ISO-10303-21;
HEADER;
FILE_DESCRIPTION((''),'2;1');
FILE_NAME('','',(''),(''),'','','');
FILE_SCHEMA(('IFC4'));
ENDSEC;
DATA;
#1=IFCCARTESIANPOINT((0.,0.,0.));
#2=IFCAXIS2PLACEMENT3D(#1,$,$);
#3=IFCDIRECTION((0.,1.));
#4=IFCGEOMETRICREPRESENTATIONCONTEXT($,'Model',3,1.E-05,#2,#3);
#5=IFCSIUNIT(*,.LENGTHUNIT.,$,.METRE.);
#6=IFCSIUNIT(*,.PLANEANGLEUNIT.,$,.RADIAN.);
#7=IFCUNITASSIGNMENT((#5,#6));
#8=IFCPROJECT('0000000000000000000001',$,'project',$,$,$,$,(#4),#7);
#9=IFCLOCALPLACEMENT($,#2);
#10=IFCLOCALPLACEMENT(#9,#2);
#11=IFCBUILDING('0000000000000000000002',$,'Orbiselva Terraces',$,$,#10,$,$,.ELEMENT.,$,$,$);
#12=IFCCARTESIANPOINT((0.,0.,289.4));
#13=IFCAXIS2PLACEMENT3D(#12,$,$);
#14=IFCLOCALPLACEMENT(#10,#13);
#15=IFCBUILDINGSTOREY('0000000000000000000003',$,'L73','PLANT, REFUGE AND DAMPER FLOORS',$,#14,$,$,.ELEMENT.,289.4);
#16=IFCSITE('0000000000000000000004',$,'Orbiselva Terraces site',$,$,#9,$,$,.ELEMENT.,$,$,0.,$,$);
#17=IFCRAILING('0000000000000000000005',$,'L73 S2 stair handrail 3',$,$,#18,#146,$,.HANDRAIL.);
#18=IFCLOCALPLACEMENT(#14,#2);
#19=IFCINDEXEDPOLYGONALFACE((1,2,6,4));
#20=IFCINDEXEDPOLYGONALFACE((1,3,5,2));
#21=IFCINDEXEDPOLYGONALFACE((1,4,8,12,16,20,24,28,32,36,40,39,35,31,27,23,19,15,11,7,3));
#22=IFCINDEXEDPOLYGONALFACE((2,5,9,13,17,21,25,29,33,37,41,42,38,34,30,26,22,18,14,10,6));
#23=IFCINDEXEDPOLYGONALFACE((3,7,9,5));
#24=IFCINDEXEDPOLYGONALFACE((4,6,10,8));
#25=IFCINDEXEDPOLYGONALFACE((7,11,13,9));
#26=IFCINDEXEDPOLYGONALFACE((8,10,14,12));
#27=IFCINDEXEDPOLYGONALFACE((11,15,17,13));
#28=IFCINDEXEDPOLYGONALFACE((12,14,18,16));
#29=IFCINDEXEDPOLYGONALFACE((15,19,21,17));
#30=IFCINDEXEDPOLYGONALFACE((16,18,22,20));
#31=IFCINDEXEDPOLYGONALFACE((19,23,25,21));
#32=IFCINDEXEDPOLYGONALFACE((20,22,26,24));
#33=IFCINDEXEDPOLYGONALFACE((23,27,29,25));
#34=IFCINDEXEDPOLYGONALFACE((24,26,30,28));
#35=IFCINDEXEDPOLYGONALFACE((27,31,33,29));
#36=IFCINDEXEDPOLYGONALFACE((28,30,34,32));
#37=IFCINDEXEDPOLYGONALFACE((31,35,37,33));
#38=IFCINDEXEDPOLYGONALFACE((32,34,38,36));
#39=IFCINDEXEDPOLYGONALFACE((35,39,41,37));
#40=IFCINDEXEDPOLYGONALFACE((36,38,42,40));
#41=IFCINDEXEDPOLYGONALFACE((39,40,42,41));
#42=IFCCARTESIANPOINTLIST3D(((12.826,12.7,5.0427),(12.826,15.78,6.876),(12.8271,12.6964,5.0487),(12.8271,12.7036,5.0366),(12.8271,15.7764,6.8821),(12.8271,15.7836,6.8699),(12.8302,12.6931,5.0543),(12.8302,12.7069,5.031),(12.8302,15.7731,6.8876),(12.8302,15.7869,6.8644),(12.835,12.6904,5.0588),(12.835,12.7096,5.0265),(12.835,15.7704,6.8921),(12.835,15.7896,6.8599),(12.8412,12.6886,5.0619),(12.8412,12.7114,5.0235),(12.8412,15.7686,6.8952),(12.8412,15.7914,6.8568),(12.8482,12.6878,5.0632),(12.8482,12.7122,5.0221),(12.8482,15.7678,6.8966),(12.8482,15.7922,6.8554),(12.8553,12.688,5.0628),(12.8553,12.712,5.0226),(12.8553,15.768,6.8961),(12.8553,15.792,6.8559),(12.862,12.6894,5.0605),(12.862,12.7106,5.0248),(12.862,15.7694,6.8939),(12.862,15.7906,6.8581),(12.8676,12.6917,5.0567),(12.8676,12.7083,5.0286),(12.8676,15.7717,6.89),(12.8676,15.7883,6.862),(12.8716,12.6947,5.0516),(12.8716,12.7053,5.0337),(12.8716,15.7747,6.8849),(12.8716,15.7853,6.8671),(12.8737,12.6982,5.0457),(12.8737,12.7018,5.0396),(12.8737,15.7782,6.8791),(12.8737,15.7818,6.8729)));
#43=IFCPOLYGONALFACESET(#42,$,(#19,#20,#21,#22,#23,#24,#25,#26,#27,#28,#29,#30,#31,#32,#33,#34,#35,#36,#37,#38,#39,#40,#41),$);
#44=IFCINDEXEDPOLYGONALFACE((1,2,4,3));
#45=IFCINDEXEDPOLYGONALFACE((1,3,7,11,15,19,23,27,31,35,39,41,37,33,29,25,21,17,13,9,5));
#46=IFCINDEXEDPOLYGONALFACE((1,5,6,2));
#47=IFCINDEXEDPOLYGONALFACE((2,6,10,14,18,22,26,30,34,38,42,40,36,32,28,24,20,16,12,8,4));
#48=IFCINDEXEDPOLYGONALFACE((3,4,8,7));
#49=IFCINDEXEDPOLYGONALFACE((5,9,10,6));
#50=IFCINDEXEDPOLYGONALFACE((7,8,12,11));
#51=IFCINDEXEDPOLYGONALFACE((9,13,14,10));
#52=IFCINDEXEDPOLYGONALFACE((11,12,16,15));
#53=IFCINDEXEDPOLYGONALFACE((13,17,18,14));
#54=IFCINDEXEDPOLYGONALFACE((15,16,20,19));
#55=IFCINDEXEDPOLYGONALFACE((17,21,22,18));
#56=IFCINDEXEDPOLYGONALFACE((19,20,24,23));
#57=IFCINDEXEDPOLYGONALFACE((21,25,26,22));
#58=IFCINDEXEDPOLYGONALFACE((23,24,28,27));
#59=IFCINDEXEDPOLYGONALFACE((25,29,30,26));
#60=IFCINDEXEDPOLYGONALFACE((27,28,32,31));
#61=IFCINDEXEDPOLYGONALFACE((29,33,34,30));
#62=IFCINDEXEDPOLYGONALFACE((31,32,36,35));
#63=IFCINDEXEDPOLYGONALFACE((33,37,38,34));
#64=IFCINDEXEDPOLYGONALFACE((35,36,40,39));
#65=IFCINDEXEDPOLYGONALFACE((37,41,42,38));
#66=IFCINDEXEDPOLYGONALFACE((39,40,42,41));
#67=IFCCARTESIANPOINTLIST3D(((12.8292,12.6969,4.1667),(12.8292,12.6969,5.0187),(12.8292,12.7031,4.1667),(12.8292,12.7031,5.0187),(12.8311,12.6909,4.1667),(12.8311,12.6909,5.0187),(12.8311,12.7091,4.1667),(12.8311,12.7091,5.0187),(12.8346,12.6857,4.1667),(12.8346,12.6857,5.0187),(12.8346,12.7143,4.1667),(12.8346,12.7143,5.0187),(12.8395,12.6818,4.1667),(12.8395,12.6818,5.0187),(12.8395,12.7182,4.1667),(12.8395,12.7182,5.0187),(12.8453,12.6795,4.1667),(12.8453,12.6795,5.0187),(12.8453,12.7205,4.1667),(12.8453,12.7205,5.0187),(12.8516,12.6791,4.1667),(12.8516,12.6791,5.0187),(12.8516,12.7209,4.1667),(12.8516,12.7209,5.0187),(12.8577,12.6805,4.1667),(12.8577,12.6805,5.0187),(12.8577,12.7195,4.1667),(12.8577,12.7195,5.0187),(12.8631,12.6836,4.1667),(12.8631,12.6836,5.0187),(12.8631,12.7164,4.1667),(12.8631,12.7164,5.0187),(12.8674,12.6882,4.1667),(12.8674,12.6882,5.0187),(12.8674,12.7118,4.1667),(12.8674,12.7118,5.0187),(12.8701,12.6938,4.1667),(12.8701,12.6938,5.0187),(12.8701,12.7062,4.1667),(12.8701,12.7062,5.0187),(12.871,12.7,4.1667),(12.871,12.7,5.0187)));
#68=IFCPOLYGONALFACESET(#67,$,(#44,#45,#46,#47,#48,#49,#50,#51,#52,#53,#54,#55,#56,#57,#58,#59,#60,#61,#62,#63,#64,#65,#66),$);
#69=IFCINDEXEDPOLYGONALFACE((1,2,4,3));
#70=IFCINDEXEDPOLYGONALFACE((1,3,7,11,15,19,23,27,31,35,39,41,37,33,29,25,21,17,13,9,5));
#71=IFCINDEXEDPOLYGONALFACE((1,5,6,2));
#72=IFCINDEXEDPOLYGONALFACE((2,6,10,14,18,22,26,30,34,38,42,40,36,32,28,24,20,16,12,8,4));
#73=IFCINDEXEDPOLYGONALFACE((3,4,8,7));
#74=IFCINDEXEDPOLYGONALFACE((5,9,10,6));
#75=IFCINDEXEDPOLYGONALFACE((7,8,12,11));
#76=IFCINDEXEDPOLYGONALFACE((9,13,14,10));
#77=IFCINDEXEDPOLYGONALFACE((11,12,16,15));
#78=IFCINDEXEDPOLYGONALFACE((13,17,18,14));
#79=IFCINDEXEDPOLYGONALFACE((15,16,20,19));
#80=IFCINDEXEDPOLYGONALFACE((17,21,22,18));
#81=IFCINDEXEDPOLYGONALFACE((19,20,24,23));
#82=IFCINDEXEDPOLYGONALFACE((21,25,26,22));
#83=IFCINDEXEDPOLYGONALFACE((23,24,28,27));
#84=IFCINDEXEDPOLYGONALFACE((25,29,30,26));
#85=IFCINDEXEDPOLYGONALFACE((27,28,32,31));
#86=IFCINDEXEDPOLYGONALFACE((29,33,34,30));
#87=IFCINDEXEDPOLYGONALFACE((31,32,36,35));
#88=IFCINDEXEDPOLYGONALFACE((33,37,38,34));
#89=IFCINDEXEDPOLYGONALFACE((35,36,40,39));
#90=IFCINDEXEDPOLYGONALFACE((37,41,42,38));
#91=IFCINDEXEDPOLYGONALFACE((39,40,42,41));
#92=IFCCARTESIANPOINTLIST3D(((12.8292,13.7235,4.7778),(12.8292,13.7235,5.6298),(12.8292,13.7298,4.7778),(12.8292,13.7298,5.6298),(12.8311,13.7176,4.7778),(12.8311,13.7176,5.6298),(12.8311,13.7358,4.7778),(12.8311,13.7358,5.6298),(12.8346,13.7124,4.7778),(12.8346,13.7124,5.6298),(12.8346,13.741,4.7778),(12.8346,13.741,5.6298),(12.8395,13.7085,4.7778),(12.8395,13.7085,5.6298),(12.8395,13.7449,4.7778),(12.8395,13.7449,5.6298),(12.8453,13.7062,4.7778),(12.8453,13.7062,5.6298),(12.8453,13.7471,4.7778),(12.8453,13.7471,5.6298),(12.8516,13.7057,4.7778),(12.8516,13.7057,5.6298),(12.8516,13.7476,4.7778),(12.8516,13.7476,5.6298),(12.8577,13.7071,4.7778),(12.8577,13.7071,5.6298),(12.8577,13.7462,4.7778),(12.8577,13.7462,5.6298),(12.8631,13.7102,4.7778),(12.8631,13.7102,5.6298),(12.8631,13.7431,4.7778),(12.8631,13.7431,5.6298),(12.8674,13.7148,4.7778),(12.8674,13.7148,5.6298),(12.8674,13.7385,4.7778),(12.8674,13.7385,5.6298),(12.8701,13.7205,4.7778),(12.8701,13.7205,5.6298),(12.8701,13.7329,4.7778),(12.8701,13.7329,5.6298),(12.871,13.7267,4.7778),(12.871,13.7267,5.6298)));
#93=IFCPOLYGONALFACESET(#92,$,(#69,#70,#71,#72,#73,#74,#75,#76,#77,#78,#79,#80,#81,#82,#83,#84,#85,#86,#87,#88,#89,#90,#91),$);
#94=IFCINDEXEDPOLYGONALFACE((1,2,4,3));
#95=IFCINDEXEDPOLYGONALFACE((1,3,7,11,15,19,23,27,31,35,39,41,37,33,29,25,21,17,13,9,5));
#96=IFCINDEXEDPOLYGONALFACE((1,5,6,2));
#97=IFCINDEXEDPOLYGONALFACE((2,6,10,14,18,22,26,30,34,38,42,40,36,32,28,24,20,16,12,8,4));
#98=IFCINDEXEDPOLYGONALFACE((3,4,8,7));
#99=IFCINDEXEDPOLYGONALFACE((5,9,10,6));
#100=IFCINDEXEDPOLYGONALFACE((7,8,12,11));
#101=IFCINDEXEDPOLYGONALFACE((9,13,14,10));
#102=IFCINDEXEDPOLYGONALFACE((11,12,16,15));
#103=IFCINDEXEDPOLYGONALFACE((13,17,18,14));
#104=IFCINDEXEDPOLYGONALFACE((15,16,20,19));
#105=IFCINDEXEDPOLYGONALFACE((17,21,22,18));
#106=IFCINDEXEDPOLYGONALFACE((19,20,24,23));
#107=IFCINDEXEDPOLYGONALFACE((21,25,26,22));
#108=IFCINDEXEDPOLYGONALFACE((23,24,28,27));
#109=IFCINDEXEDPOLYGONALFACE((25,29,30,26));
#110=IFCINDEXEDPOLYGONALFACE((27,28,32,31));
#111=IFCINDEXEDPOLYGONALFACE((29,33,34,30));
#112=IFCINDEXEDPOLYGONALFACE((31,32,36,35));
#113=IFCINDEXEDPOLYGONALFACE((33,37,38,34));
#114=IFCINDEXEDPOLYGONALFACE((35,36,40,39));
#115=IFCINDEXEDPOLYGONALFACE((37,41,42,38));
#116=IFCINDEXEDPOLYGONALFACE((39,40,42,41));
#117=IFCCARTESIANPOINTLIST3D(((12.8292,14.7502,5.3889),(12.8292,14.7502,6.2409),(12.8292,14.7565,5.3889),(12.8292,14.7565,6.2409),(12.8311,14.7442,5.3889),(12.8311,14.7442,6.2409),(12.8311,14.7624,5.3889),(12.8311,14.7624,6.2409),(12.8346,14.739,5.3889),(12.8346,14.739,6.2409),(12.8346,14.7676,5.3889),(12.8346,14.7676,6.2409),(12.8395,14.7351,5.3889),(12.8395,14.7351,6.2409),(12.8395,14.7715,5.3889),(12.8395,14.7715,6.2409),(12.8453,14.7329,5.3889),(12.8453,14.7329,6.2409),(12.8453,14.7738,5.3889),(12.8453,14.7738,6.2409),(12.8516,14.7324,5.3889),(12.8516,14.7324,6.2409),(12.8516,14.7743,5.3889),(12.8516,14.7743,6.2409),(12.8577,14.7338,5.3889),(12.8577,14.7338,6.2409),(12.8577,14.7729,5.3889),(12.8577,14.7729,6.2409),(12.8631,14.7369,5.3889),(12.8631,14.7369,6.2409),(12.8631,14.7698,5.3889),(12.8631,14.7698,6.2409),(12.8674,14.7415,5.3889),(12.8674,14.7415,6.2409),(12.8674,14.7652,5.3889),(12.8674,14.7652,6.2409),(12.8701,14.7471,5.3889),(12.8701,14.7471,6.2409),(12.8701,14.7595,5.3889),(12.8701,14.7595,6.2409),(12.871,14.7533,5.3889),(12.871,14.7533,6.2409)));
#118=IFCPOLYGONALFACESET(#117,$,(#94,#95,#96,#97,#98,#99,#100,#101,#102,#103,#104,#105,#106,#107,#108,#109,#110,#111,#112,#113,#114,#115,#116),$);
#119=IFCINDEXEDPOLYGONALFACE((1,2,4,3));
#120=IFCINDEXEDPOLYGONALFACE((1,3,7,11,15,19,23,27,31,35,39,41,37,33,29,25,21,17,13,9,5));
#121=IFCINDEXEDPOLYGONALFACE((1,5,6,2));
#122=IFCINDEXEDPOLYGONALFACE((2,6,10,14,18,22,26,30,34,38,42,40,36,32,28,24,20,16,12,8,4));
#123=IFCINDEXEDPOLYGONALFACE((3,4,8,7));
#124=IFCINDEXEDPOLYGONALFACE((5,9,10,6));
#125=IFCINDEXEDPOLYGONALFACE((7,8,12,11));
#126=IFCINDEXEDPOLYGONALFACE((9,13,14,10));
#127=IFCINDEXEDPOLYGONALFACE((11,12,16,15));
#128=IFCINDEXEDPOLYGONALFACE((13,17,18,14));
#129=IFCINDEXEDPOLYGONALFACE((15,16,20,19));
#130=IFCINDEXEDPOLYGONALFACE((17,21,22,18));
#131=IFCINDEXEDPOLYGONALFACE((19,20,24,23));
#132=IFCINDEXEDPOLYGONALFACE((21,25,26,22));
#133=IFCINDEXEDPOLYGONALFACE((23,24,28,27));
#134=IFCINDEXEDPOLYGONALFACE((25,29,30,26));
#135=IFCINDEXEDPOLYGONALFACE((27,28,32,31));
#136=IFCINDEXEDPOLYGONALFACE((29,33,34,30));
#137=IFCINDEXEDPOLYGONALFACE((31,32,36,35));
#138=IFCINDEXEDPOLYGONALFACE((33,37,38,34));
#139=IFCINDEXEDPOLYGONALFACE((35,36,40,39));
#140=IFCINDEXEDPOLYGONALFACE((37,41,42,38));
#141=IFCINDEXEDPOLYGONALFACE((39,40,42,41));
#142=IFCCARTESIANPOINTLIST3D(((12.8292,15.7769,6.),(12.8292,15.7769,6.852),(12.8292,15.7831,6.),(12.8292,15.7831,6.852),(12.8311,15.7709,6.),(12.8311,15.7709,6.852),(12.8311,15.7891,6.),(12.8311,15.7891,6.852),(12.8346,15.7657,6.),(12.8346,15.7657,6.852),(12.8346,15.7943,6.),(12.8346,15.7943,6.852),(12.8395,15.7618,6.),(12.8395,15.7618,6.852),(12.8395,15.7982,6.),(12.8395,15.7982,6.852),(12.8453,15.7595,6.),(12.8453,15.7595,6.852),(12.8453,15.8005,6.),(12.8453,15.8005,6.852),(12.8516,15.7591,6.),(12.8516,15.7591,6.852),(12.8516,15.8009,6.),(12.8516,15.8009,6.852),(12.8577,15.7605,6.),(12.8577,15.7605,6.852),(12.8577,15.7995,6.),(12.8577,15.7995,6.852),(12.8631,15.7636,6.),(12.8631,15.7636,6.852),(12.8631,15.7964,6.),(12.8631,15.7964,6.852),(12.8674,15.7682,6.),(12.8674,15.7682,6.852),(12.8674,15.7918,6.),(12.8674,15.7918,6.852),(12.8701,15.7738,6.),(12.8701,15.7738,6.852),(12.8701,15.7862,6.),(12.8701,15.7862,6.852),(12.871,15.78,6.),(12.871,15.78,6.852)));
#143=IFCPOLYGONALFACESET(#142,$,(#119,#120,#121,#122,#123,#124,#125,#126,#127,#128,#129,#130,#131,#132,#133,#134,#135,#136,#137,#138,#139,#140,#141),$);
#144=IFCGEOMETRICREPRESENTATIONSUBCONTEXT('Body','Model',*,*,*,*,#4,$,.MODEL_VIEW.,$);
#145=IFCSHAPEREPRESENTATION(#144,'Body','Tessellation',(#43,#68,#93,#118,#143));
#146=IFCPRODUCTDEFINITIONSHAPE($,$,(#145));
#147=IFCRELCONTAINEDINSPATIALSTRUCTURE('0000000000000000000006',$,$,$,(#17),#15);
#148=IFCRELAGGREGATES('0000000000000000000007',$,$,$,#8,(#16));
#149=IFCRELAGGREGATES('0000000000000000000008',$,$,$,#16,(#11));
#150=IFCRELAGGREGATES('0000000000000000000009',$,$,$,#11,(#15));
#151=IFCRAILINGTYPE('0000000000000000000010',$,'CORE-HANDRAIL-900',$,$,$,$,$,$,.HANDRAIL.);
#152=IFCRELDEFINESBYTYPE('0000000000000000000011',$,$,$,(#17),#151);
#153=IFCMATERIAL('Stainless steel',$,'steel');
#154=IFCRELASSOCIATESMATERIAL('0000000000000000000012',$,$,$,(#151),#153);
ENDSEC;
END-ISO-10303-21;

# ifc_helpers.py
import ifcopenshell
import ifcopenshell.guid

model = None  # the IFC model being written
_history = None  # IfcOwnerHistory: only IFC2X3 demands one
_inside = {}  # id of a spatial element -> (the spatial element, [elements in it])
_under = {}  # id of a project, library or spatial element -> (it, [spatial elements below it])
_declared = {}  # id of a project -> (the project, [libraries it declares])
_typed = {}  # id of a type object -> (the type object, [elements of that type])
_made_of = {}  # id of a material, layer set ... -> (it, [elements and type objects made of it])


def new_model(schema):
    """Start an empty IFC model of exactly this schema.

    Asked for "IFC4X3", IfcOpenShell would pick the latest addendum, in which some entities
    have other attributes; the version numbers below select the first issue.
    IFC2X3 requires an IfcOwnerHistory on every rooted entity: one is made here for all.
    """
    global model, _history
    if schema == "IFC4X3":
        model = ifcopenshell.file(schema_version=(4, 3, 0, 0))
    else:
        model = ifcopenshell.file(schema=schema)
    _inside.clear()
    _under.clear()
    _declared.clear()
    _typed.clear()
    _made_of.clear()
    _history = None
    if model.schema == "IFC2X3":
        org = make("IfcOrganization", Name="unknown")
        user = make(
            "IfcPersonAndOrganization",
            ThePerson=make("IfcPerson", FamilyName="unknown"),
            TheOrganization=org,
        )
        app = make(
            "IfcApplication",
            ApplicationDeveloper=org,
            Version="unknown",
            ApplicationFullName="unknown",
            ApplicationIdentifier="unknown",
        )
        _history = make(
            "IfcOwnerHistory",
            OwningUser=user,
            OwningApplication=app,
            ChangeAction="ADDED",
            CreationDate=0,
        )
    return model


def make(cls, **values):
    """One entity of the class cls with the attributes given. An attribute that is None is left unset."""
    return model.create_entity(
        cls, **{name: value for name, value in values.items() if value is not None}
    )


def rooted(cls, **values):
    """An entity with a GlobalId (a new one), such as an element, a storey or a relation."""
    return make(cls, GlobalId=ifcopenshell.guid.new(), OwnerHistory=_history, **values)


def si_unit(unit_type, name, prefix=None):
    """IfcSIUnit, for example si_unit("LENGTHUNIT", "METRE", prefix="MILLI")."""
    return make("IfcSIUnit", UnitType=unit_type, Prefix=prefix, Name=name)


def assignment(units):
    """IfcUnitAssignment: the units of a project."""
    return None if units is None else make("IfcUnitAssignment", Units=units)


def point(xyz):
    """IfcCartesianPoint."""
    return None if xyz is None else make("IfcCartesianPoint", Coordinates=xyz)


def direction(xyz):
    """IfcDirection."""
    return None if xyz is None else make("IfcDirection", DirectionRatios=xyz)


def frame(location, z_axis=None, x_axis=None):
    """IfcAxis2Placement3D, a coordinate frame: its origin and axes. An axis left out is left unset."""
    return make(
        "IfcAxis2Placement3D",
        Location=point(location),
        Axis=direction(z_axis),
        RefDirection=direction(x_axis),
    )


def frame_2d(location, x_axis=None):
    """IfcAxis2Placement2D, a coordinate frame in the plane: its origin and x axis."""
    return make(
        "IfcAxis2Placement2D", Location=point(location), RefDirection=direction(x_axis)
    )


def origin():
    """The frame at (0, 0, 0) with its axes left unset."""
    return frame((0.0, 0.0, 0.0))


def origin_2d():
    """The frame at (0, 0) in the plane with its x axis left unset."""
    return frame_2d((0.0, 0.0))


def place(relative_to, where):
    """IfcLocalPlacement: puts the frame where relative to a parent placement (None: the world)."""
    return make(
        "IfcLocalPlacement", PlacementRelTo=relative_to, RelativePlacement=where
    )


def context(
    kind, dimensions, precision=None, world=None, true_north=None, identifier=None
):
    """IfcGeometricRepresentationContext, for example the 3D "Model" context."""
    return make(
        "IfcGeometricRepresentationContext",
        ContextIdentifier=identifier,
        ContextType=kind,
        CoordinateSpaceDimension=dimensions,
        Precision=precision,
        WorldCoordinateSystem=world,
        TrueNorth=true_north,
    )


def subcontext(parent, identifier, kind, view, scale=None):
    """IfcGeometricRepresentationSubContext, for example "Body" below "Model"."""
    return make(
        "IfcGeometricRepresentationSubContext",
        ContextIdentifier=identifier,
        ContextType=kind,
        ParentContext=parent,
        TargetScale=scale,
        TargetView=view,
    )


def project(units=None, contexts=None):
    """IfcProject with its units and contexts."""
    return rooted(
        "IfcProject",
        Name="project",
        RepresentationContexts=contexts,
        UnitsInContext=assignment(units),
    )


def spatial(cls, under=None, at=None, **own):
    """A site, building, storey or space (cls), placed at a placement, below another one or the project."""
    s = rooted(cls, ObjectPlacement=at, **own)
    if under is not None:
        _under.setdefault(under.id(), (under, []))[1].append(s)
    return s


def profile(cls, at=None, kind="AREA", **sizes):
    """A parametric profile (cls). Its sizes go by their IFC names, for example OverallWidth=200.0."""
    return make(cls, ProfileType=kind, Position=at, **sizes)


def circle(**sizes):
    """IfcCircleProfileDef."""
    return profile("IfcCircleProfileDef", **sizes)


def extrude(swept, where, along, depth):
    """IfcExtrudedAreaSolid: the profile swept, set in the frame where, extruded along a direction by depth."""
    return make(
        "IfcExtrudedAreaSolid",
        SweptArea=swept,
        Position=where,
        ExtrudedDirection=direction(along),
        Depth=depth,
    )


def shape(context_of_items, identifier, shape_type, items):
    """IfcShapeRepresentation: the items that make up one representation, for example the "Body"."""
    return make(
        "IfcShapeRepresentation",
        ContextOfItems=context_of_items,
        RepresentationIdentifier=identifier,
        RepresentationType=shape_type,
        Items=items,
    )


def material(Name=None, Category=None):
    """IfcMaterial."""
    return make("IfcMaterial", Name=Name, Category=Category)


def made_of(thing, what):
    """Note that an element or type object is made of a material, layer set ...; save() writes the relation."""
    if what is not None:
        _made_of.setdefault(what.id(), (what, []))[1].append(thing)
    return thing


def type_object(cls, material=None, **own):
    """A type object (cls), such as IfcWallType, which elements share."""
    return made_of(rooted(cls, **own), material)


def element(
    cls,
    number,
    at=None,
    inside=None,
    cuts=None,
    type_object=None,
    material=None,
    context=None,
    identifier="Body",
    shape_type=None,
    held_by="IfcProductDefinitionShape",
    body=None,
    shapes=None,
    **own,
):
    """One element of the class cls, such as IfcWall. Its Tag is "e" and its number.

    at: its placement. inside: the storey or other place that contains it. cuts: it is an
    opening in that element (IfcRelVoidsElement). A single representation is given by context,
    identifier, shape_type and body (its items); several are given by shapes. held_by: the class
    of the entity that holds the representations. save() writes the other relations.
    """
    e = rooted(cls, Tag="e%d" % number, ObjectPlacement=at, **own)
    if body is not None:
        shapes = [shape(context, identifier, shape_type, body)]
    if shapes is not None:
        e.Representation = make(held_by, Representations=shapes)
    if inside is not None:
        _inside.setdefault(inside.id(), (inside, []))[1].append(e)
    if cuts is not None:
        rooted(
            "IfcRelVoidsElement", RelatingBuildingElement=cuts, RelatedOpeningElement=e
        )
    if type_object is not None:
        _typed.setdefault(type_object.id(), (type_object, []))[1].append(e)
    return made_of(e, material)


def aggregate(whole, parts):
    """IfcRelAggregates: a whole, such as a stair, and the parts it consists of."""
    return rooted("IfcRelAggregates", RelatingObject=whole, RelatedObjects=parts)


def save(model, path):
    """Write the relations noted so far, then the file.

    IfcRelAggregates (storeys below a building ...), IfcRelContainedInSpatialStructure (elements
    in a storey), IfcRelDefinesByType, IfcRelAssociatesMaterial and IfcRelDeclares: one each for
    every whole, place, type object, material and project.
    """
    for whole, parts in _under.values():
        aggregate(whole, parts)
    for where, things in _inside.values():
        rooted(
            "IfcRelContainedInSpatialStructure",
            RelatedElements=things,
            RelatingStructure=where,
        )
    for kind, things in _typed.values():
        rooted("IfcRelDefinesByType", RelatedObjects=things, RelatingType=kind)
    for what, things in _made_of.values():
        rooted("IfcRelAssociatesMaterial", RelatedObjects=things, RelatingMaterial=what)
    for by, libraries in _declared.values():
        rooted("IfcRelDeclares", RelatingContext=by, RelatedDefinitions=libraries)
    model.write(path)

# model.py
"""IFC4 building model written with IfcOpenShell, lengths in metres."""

from ifc_helpers import new_model, si_unit, direction, frame, origin, origin_2d, place, context, subcontext, project, spatial, circle, extrude, material, type_object, element, save


model = new_model("IFC4")

# Units and contexts
model_context = context("Model", 3, precision=1e-05, world=origin(), true_north=direction((0.0, 1.0)))
body_context = subcontext(model_context, "Body", "Model", "MODEL_VIEW")
ifc_project = project(units=[si_unit("LENGTHUNIT", "METRE"), si_unit("PLANEANGLEUNIT", "RADIAN")], contexts=[model_context])

# Site, building, storey
site_placement = place(None, origin())
site = spatial("IfcSite", under=ifc_project, at=site_placement, Name="Orbiselva Terraces site", CompositionType="ELEMENT", RefElevation=0.0)
building_placement = place(site_placement, origin())
building = spatial("IfcBuilding", under=site, at=building_placement, Name="Orbiselva Terraces", CompositionType="ELEMENT")
storey_placement = place(building_placement, frame((0.0, 0.0, 289.4)))
storey = spatial("IfcBuildingStorey", under=building, at=storey_placement, Name="L73", Description="PLANT, REFUGE AND DAMPER FLOORS", CompositionType="ELEMENT", Elevation=289.4)

# Railing
ifc_material_1 = material(Name="Stainless steel", Category="steel")
railing_type_1 = type_object("IfcRailingType", Name="CORE-HANDRAIL-900", PredefinedType="HANDRAIL", material=ifc_material_1)
for number, where, name in (
    (1, (12.85, 12.7, 4.1667), "L73 S2 stair handrail 3"),
):
    element("IfcRailing", number, at=place(storey_placement, frame(where)), inside=storey, type_object=railing_type_1, Name=name, PredefinedType="HANDRAIL", context=body_context, shape_type="SweptSolid", body=[
        extrude(circle(Radius=0.024, at=origin_2d()), frame((0.0, 0.0, 0.876), z_axis=(0.0, 0.859293, 0.511484), x_axis=(-1.0, 0.0, 0.0)), (0.0, 0.0, 1.0), 3.5843),
        extrude(circle(Radius=0.021, at=origin_2d()), origin(), (0.0, 0.0, 1.0), 0.852),
        extrude(circle(Radius=0.021, at=origin_2d()), frame((0.0, 1.0267, 0.6111)), (0.0, 0.0, 1.0), 0.852),
        extrude(circle(Radius=0.021, at=origin_2d()), frame((0.0, 2.0533, 1.2222)), (0.0, 0.0, 1.0), 0.852),
        extrude(circle(Radius=0.021, at=origin_2d()), frame((0.0, 3.08, 1.8333)), (0.0, 0.0, 1.0), 0.852),
    ])

save(model, "model.ifc")
